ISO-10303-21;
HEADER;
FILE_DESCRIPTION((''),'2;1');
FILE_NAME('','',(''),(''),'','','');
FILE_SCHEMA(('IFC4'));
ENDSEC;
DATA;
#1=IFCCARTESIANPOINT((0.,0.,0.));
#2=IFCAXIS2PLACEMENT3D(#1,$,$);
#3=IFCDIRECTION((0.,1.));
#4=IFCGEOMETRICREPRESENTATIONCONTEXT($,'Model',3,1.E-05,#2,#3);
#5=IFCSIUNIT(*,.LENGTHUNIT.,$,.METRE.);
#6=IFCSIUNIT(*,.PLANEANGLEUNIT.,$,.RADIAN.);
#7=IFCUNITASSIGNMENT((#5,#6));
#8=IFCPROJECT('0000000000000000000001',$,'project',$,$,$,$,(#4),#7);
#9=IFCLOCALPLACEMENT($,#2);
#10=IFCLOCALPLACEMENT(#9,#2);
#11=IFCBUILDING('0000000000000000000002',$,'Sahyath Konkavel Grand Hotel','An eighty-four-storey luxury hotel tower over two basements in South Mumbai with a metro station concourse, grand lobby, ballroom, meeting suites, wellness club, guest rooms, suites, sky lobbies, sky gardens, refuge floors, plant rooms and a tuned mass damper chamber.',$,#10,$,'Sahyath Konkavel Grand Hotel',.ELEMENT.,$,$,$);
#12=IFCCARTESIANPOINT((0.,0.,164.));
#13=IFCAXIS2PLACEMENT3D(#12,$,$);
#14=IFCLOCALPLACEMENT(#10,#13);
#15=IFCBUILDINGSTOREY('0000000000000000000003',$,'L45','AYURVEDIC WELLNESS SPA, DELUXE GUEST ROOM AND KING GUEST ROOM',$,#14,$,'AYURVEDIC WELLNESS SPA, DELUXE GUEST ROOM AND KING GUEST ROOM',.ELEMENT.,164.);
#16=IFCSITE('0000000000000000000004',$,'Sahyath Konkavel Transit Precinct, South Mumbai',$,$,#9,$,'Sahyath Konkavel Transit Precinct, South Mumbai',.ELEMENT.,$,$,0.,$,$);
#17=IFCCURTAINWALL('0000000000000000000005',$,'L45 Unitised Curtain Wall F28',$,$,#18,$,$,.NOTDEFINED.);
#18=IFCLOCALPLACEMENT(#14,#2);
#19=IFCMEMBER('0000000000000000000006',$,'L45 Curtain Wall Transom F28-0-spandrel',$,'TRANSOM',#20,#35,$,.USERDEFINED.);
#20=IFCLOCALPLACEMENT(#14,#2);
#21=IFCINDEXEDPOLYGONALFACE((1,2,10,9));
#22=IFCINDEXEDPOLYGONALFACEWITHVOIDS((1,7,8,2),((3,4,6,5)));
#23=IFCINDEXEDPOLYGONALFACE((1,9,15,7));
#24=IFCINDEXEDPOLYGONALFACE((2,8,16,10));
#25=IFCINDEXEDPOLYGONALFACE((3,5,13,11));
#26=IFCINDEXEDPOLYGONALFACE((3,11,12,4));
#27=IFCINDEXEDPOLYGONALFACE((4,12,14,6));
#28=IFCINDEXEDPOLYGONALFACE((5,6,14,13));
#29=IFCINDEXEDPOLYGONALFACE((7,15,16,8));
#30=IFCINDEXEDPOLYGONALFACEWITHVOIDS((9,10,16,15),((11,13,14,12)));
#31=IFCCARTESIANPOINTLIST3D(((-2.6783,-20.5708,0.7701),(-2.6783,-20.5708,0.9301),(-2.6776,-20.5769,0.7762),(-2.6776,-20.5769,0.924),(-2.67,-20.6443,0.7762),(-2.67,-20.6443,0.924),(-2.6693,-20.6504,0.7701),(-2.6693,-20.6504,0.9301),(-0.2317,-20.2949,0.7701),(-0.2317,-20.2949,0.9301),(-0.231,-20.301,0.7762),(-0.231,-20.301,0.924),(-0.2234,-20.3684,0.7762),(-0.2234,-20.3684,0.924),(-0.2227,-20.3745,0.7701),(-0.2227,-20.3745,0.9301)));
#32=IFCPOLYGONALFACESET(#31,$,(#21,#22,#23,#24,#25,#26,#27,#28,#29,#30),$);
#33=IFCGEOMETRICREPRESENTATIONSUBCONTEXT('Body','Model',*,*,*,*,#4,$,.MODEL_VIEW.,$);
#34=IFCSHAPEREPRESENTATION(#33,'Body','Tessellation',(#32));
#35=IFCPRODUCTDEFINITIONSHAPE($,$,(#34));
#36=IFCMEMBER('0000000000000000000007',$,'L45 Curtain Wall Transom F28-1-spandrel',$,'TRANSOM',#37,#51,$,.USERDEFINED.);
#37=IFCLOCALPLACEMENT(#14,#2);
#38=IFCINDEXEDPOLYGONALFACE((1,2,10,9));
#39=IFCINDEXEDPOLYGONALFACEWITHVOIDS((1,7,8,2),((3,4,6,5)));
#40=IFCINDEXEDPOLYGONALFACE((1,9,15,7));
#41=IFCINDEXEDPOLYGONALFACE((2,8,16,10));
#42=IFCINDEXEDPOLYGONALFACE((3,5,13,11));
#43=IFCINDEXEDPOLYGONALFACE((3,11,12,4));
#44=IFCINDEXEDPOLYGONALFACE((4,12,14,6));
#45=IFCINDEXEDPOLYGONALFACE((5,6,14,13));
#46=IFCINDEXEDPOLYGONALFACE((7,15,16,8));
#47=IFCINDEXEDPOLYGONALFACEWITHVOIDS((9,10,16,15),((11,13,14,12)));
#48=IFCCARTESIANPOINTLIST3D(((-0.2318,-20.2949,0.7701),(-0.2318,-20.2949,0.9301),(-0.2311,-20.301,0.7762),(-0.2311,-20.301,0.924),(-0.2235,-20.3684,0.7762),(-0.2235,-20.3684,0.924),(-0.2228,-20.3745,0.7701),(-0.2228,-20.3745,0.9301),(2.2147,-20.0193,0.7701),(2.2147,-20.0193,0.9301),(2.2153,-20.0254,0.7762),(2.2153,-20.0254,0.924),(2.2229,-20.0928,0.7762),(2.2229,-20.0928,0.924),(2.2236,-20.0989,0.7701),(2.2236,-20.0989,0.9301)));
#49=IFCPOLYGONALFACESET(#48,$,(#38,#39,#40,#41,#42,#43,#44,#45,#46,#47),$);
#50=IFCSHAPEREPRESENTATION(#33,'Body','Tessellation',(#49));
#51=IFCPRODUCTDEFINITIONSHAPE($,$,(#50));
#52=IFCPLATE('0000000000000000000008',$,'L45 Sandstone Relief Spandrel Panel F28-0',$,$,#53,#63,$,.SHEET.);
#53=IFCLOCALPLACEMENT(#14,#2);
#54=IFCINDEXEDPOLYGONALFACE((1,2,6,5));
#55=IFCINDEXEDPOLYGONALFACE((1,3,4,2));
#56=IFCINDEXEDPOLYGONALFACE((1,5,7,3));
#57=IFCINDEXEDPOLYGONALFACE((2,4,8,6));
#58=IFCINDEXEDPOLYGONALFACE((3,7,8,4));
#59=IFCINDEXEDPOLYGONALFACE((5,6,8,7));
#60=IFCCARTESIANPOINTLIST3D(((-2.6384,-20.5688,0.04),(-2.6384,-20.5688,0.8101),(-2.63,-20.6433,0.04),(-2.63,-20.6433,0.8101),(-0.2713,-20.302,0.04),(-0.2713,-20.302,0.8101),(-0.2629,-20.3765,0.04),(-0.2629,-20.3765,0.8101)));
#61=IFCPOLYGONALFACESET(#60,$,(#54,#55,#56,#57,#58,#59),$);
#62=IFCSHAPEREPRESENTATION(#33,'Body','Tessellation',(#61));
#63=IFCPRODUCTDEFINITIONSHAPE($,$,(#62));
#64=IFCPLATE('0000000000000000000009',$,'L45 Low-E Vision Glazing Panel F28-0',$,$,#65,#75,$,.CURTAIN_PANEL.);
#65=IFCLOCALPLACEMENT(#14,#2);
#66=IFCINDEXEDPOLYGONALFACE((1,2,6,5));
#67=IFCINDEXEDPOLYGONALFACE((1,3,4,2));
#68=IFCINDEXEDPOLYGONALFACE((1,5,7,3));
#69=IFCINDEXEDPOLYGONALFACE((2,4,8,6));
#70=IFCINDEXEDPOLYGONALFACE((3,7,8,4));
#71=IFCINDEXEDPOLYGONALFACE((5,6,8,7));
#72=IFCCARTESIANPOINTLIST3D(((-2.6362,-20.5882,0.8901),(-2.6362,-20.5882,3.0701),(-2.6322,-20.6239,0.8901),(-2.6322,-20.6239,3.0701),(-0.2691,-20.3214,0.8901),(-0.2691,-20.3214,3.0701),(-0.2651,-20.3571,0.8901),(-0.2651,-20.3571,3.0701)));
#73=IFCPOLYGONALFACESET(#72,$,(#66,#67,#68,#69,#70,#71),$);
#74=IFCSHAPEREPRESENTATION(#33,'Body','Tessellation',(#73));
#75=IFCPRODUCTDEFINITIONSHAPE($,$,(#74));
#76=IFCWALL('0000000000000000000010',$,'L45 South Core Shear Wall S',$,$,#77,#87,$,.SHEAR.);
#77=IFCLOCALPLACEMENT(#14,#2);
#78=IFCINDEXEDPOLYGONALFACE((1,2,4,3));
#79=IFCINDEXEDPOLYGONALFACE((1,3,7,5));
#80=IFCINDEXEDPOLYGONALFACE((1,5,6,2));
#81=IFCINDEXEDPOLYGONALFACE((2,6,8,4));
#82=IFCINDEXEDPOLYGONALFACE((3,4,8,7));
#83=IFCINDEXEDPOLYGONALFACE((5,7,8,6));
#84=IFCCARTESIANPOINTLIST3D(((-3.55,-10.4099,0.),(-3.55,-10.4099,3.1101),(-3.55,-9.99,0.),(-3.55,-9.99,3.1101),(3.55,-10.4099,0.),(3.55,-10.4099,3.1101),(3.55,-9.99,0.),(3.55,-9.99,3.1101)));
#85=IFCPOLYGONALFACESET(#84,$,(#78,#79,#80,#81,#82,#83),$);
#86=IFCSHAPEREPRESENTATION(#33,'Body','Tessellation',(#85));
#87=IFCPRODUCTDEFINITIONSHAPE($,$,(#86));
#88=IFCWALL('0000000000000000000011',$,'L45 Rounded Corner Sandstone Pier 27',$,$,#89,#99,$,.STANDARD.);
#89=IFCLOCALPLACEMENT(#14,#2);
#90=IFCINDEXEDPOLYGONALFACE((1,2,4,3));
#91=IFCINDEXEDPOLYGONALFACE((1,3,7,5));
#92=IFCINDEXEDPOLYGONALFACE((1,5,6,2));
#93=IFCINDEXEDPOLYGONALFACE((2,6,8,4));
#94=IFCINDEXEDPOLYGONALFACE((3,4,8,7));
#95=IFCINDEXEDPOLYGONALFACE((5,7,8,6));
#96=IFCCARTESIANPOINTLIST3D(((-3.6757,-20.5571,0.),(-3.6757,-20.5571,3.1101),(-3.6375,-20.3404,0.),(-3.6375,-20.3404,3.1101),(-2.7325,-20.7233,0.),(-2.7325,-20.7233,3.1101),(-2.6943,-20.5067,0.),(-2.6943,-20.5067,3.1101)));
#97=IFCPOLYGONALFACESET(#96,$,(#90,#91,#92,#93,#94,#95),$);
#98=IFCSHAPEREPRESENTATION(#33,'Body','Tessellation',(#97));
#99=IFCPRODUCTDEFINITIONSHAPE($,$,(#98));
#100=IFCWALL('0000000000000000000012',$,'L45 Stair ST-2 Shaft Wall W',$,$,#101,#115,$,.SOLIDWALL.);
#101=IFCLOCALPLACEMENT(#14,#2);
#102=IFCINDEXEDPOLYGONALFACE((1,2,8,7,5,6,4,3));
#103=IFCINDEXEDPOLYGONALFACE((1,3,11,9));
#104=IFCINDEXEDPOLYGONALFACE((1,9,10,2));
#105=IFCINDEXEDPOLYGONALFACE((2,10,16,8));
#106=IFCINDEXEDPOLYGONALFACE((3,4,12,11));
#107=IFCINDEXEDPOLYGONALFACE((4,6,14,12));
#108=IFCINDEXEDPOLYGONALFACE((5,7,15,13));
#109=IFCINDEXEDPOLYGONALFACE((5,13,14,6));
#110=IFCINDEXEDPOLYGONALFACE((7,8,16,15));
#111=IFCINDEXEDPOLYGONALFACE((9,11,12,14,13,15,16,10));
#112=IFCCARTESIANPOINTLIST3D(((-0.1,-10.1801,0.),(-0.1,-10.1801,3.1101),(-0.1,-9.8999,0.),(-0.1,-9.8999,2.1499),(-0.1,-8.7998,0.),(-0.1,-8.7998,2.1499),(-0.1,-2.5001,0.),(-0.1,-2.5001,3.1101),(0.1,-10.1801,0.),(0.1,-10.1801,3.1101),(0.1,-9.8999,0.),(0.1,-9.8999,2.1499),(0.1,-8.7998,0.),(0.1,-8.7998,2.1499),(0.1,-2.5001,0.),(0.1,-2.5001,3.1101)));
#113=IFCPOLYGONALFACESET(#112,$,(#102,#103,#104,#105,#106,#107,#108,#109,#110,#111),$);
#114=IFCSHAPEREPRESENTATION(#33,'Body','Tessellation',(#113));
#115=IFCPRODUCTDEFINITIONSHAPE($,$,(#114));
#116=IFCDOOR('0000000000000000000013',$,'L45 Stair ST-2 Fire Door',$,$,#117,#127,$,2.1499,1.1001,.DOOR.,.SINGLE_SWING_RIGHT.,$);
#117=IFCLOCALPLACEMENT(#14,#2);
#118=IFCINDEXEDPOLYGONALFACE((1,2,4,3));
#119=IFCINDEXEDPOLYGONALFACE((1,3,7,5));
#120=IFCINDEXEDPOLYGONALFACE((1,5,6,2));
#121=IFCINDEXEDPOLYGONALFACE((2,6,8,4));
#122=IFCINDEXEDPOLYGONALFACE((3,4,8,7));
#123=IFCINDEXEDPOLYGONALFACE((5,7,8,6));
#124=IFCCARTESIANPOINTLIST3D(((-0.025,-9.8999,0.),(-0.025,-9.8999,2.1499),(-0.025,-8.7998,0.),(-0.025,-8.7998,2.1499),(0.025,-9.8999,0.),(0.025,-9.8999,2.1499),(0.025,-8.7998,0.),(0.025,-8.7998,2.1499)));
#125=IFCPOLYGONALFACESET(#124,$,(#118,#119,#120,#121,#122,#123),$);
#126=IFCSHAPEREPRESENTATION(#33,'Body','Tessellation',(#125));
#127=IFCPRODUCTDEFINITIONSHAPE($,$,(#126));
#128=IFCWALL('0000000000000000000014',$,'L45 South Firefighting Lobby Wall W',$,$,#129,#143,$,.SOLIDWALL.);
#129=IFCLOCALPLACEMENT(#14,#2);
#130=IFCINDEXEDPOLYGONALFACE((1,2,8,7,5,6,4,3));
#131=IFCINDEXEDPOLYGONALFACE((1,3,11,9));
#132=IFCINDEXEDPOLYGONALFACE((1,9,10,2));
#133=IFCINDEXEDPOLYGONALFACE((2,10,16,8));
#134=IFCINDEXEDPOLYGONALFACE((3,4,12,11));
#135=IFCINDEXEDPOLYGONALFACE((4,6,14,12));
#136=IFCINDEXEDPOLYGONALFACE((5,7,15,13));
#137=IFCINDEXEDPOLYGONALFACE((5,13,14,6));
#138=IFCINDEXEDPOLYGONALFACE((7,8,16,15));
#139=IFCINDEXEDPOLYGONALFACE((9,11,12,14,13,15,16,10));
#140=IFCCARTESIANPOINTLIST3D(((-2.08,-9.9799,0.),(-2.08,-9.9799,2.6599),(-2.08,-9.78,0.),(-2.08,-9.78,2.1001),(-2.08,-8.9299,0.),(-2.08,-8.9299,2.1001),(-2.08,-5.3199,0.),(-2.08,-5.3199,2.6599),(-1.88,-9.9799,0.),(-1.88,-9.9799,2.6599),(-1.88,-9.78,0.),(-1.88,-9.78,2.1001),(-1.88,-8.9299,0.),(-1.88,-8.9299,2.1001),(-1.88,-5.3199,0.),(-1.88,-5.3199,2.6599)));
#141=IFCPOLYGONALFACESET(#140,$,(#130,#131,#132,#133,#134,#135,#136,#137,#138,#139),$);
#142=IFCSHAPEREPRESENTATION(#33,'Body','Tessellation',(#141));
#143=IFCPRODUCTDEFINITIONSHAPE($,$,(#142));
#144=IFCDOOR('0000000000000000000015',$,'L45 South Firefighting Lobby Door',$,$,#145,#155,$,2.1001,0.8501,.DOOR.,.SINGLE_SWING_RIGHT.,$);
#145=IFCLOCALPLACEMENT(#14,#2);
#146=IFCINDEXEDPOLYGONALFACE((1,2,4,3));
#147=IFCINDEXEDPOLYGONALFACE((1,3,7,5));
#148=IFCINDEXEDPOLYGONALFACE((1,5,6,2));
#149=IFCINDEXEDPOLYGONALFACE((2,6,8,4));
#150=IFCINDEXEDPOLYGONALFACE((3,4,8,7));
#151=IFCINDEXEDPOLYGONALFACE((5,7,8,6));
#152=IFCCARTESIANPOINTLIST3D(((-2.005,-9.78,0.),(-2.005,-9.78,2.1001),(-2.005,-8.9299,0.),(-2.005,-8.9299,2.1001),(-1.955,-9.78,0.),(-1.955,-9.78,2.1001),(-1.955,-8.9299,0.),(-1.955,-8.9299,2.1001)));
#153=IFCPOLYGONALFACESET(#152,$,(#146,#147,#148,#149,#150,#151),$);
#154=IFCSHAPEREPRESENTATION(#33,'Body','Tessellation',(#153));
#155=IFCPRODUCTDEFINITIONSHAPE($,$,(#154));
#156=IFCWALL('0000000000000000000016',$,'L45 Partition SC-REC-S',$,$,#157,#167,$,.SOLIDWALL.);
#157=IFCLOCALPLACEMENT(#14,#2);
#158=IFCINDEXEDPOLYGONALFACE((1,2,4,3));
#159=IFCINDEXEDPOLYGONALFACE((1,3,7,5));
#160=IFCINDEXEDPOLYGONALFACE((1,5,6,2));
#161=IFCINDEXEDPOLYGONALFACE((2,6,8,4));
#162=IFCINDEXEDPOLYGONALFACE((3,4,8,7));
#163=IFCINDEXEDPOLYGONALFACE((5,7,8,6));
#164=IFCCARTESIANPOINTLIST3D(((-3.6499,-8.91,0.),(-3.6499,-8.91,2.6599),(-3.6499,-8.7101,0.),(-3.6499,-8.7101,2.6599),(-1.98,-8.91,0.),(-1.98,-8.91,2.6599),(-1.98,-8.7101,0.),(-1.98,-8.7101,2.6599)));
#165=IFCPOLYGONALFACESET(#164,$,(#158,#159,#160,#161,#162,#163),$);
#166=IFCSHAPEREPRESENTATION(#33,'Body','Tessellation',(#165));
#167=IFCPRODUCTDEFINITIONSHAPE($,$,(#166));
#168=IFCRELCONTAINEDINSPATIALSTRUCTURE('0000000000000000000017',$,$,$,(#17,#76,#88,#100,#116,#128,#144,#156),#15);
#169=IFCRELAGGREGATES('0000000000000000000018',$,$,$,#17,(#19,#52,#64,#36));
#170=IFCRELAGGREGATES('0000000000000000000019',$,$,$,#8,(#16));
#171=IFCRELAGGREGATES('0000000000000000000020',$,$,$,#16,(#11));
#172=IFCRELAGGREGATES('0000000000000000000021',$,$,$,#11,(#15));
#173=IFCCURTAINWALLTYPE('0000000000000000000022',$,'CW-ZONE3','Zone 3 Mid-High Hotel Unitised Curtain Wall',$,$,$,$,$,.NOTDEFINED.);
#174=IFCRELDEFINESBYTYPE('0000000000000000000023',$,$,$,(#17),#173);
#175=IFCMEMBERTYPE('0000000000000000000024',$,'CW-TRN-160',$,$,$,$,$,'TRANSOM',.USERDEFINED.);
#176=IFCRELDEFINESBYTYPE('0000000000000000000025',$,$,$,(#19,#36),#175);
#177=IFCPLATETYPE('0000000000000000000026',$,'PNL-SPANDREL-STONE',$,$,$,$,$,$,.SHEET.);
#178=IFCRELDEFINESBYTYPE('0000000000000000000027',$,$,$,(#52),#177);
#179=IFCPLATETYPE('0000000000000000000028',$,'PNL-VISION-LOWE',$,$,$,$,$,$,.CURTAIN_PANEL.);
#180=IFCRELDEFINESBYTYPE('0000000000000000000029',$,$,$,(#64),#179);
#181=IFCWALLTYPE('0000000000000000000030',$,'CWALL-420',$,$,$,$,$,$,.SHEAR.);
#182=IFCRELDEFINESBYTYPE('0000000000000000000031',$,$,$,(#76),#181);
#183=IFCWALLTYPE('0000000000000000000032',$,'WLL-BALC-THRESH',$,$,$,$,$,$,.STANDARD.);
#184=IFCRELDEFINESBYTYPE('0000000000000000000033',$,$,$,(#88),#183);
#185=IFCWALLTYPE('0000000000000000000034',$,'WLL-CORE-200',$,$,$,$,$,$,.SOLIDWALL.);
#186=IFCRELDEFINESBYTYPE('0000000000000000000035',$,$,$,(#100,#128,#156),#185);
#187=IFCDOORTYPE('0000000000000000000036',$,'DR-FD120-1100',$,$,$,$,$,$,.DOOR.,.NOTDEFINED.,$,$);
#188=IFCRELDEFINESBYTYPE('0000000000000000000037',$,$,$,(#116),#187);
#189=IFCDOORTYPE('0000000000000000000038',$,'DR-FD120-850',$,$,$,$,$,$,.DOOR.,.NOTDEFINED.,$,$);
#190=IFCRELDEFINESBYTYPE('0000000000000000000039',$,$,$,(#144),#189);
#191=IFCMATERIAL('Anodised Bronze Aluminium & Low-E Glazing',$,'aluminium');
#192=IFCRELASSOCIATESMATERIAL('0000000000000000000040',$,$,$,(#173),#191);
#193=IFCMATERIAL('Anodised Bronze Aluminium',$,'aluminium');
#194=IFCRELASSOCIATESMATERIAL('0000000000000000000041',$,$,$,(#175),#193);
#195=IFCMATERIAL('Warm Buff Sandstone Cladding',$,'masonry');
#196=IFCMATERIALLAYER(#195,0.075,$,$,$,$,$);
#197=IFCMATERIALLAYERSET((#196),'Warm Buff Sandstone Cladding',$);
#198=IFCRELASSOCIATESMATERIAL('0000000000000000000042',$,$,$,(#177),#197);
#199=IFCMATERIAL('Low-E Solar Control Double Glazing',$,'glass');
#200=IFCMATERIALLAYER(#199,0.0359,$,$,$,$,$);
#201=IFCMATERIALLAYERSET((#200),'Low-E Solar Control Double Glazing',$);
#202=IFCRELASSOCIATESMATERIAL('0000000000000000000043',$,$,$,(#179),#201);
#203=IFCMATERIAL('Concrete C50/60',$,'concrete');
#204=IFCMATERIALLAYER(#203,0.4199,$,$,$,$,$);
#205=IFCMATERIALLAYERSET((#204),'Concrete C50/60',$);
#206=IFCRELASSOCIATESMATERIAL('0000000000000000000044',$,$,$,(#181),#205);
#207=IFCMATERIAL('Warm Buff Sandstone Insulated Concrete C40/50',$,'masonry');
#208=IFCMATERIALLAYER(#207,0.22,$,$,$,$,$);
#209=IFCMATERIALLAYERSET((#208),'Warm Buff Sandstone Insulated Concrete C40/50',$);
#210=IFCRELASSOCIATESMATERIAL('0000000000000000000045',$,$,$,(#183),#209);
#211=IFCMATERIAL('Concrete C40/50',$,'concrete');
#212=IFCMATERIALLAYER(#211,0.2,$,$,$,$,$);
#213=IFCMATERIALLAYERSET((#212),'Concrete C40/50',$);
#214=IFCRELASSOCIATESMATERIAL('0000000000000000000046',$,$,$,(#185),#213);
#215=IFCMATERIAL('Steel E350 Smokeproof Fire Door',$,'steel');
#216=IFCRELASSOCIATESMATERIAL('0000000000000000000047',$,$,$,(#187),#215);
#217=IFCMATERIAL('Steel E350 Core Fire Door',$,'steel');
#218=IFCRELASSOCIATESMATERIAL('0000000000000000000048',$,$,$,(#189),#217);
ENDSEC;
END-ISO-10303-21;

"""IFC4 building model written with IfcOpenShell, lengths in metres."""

from ifc_helpers import new_model, si_unit, direction, frame, frame_2d, origin, origin_2d, place, context, subcontext, project, spatial, rectangle, hollow_rectangle, extrude, source, transform, mapped, material, layer, layer_set, material_profile, profile_set, type_object, element, fill, aggregate, save


model = new_model("IFC4")

# Units and contexts
model_context = context("Model", 3, precision=1e-05, world=origin(), true_north=direction((0.0, 1.0)))
body_context = subcontext(model_context, "Body", "Model", "MODEL_VIEW")
ifc_project = project(units=[si_unit("LENGTHUNIT", "METRE"), si_unit("PLANEANGLEUNIT", "RADIAN")], contexts=[model_context])

# Site, building, storey
site_placement = place(None, origin())
site = spatial("IfcSite", under=ifc_project, at=site_placement, Name="Sahyath Konkavel Transit Precinct, South Mumbai", LongName="Sahyath Konkavel Transit Precinct, South Mumbai", CompositionType="ELEMENT", RefElevation=0.0)
building_placement = place(site_placement, origin())
building = spatial("IfcBuilding", under=site, at=building_placement, Name="Sahyath Konkavel Grand Hotel", Description="An eighty-four-storey luxury hotel tower over two basements in South Mumbai with a metro station concourse, grand lobby, ballroom, meeting suites, wellness club, guest rooms, suites, sky lobbies, sky gardens, refuge floors, plant rooms and a tuned mass damper chamber.", LongName="Sahyath Konkavel Grand Hotel", CompositionType="ELEMENT")
storey_placement = place(building_placement, frame((0.0, 0.0, 164.0)))
storey = spatial("IfcBuildingStorey", under=building, at=storey_placement, Name="L45", Description="AYURVEDIC WELLNESS SPA, DELUXE GUEST ROOM AND KING GUEST ROOM", LongName="AYURVEDIC WELLNESS SPA, DELUXE GUEST ROOM AND KING GUEST ROOM", CompositionType="ELEMENT", Elevation=164.0)

# Shared definitions
ifc_material_1 = material(Name="Concrete C50/60", Category="concrete")
ifc_material_2 = material(Name="Concrete C40/50", Category="concrete")

# Curtain wall, members, plates
ifc_material_3 = material(Name="Anodised Bronze Aluminium & Low-E Glazing", Category="aluminium")
curtain_wall_type = type_object("IfcCurtainWallType", Name="CW-ZONE3", Description="Zone 3 Mid-High Hotel Unitised Curtain Wall", PredefinedType="NOTDEFINED", material=ifc_material_3)
curtain_wall_placement = place(storey_placement, origin())
curtain_wall = element("IfcCurtainWall", 1, at=curtain_wall_placement, inside=storey, type_object=curtain_wall_type, Name="L45 Unitised Curtain Wall F28", PredefinedType="NOTDEFINED")
ifc_material_4 = material(Name="Anodised Bronze Aluminium", Category="aluminium")
ifc_material_profile_1 = material_profile(ifc_material_4, hollow_rectangle(XDim=0.0801, YDim=0.1599, WallThickness=0.0061, at=origin_2d()), Name="RHS 160x80x6")
ifc_profile_set_1 = profile_set([ifc_material_profile_1], Name="Anodised Bronze Aluminium")
member_type_1 = type_object("IfcMemberType", Name="CW-TRN-160", ElementType="TRANSOM", PredefinedType="USERDEFINED", material=ifc_profile_set_1)
shared_shape_1 = source(origin(), body_context, "Body", "SweptSolid", [
    extrude(hollow_rectangle(XDim=0.0801, YDim=0.1599, WallThickness=0.0061, at=origin_2d()), origin(), (0.0, 0.0, 1.0), 2.4622),
])
member_1_placement = place(storey_placement, frame((-2.6738, -20.6106, 0.8501), z_axis=(0.993702, 0.112053, 0.0), x_axis=(-0.112053, 0.993702, 0.0)))
member_1 = element("IfcMember", 2, at=member_1_placement, type_object=member_type_1, Name="L45 Curtain Wall Transom F28-0-spandrel", ObjectType="TRANSOM", PredefinedType="USERDEFINED", context=body_context, shape_type="MappedRepresentation", body=[
    mapped(shared_shape_1, transform((0.0, 0.0, 0.0), scale=1.0)),
])
shared_shape_2 = source(origin(), body_context, "Body", "SweptSolid", [
    extrude(hollow_rectangle(XDim=0.0801, YDim=0.1599, WallThickness=0.0061, at=origin_2d()), origin(), (0.0, 0.0, 1.0), 2.4619),
])
member_2_placement = place(storey_placement, frame((-0.2273, -20.3347, 0.8501), z_axis=(0.993713, 0.111955, 0.0), x_axis=(-0.111955, 0.993713, 0.0)))
member_2 = element("IfcMember", 3, at=member_2_placement, type_object=member_type_1, Name="L45 Curtain Wall Transom F28-1-spandrel", ObjectType="TRANSOM", PredefinedType="USERDEFINED", context=body_context, shape_type="MappedRepresentation", body=[
    mapped(shared_shape_2, transform((0.0, 0.0, 0.0), scale=1.0)),
])
ifc_material_5 = material(Name="Warm Buff Sandstone Cladding", Category="masonry")
ifc_layer_1 = layer(ifc_material_5, 0.075)
ifc_layer_set_1 = layer_set([ifc_layer_1], Name="Warm Buff Sandstone Cladding")
plate_type_1 = type_object("IfcPlateType", Name="PNL-SPANDREL-STONE", PredefinedType="SHEET", material=ifc_layer_set_1)
shared_shape_3 = source(origin(), body_context, "Body", "SweptSolid", [
    extrude(rectangle(XDim=2.3821, YDim=0.075, at=origin_2d()), origin(), (0.0, 0.0, 1.0), 0.77),
])
plate_1_placement = place(storey_placement, frame((-1.4507, -20.4727, 0.04), z_axis=(0.0, 0.0, 1.0), x_axis=(0.993707, 0.112007, 0.0)))
plate_1 = element("IfcPlate", 4, at=plate_1_placement, type_object=plate_type_1, Name="L45 Sandstone Relief Spandrel Panel F28-0", PredefinedType="SHEET", context=body_context, shape_type="MappedRepresentation", body=[
    mapped(shared_shape_3, transform((0.0, 0.0, 0.0), scale=1.0)),
])
ifc_material_6 = material(Name="Low-E Solar Control Double Glazing", Category="glass")
ifc_layer_2 = layer(ifc_material_6, 0.0359)
ifc_layer_set_2 = layer_set([ifc_layer_2], Name="Low-E Solar Control Double Glazing")
plate_type_2 = type_object("IfcPlateType", Name="PNL-VISION-LOWE", PredefinedType="CURTAIN_PANEL", material=ifc_layer_set_2)
shared_shape_4 = source(origin(), body_context, "Body", "SweptSolid", [
    extrude(rectangle(XDim=2.3821, YDim=0.0359, at=origin_2d()), origin(), (0.0, 0.0, 1.0), 2.1799),
])
plate_2_placement = place(storey_placement, frame((-1.4507, -20.4727, 0.8901), z_axis=(0.0, 0.0, 1.0), x_axis=(0.993707, 0.112007, 0.0)))
plate_2 = element("IfcPlate", 5, at=plate_2_placement, type_object=plate_type_2, Name="L45 Low-E Vision Glazing Panel F28-0", PredefinedType="CURTAIN_PANEL", context=body_context, shape_type="MappedRepresentation", body=[
    mapped(shared_shape_4, transform((0.0, 0.0, 0.0), scale=1.0)),
])
aggregate(curtain_wall, [member_1, plate_1, plate_2, member_2])

# Walls
ifc_layer_3 = layer(ifc_material_1, 0.4199)
ifc_layer_set_3 = layer_set([ifc_layer_3], Name="Concrete C50/60")
wall_type_1 = type_object("IfcWallType", Name="CWALL-420", PredefinedType="SHEAR", material=ifc_layer_set_3)
wall_1_placement = place(storey_placement, frame((-3.55, -10.2, 0.0), z_axis=(0.0, 0.0, 1.0), x_axis=(1.0, 0.0, 0.0)))
element("IfcWall", 6, at=wall_1_placement, inside=storey, type_object=wall_type_1, Name="L45 South Core Shear Wall S", PredefinedType="SHEAR", context=body_context, shape_type="SweptSolid", body=[
    extrude(rectangle(XDim=7.1001, YDim=0.4199, at=frame_2d((3.55, 0.0))), origin(), (0.0, 0.0, 1.0), 3.1101),
])
ifc_material_7 = material(Name="Warm Buff Sandstone Insulated Concrete C40/50", Category="masonry")
ifc_layer_4 = layer(ifc_material_7, 0.22)
ifc_layer_set_4 = layer_set([ifc_layer_4], Name="Warm Buff Sandstone Insulated Concrete C40/50")
wall_type_2 = type_object("IfcWallType", Name="WLL-BALC-THRESH", PredefinedType="STANDARD", material=ifc_layer_set_4)
wall_2_placement = place(storey_placement, frame((-3.6567, -20.4487, 0.0), z_axis=(0.0, 0.0, 1.0), x_axis=(0.984814, -0.173611, 0.0)))
element("IfcWall", 7, at=wall_2_placement, inside=storey, type_object=wall_type_2, Name="L45 Rounded Corner Sandstone Pier 27", PredefinedType="STANDARD", context=body_context, shape_type="SweptSolid", body=[
    extrude(rectangle(XDim=0.9578, YDim=0.22, at=frame_2d((0.479, 0.0))), origin(), (0.0, 0.0, 1.0), 3.1101),
])

# Walls, openings, doors
ifc_layer_5 = layer(ifc_material_2, 0.2)
ifc_layer_set_5 = layer_set([ifc_layer_5], Name="Concrete C40/50")
wall_type_3 = type_object("IfcWallType", Name="WLL-CORE-200", PredefinedType="SOLIDWALL", material=ifc_layer_set_5)
wall_3_placement = place(storey_placement, frame((0.0, -10.1799, 0.0), z_axis=(0.0, 0.0, 1.0), x_axis=(0.0, 1.0, 0.0)))
wall_3 = element("IfcWall", 8, at=wall_3_placement, inside=storey, type_object=wall_type_3, Name="L45 Stair ST-2 Shaft Wall W", PredefinedType="SOLIDWALL", context=body_context, shape_type="SweptSolid", body=[
    extrude(rectangle(XDim=7.6799, YDim=0.2, at=frame_2d((3.8398, 0.0))), origin(), (0.0, 0.0, 1.0), 3.1101),
])
opening_1_placement = place(wall_3_placement, frame((0.28, 0.0, 0.0)))
opening_1 = element("IfcOpeningElement", 9, at=opening_1_placement, cuts=wall_3, PredefinedType="OPENING", context=body_context, shape_type="SweptSolid", body=[
    extrude(rectangle(XDim=1.1001, YDim=2.1499, at=frame_2d((0.55, 1.075))), frame((0.0, 0.1099, 0.0), z_axis=(0.0, -1.0, 0.0), x_axis=(1.0, 0.0, 0.0)), (0.0, 0.0, 1.0), 0.22),
])
ifc_material_8 = material(Name="Steel E350 Smokeproof Fire Door", Category="steel")
door_type_1 = type_object("IfcDoorType", Name="DR-FD120-1100", OperationType="NOTDEFINED", PredefinedType="DOOR", material=ifc_material_8)
shared_shape_5 = source(origin(), body_context, "Body", "SweptSolid", [
    extrude(rectangle(XDim=1.1001, YDim=0.05, at=origin_2d()), origin(), (0.0, 0.0, 1.0), 2.1499),
])
door_1_placement = place(opening_1_placement, frame((0.55, 0.0, 0.0)))
door_1 = element("IfcDoor", 10, at=door_1_placement, inside=storey, type_object=door_type_1, Name="L45 Stair ST-2 Fire Door", OperationType="SINGLE_SWING_RIGHT", OverallHeight=2.1499, OverallWidth=1.1001, PredefinedType="DOOR", context=body_context, shape_type="MappedRepresentation", body=[
    mapped(shared_shape_5, transform((0.0, 0.0, 0.0), scale=1.0)),
])
fill(opening_1, door_1)
wall_4_placement = place(storey_placement, frame((-1.98, -9.98, 0.0), z_axis=(0.0, 0.0, 1.0), x_axis=(0.0, 1.0, 0.0)))
wall_4 = element("IfcWall", 11, at=wall_4_placement, inside=storey, type_object=wall_type_3, Name="L45 South Firefighting Lobby Wall W", PredefinedType="SOLIDWALL", context=body_context, shape_type="SweptSolid", body=[
    extrude(rectangle(XDim=4.6599, YDim=0.2, at=frame_2d((2.3301, 0.0))), origin(), (0.0, 0.0, 1.0), 2.6599),
])
opening_2_placement = place(wall_4_placement, frame((0.2, 0.0, 0.0)))
opening_2 = element("IfcOpeningElement", 12, at=opening_2_placement, cuts=wall_4, PredefinedType="OPENING", context=body_context, shape_type="SweptSolid", body=[
    extrude(rectangle(XDim=0.8501, YDim=2.1001, at=frame_2d((0.425, 1.05))), frame((0.0, 0.1099, 0.0), z_axis=(0.0, -1.0, 0.0), x_axis=(1.0, 0.0, 0.0)), (0.0, 0.0, 1.0), 0.22),
])
ifc_material_9 = material(Name="Steel E350 Core Fire Door", Category="steel")
door_type_2 = type_object("IfcDoorType", Name="DR-FD120-850", OperationType="NOTDEFINED", PredefinedType="DOOR", material=ifc_material_9)
shared_shape_6 = source(origin(), body_context, "Body", "SweptSolid", [
    extrude(rectangle(XDim=0.8501, YDim=0.05, at=origin_2d()), origin(), (0.0, 0.0, 1.0), 2.1001),
])
door_2_placement = place(opening_2_placement, frame((0.425, 0.0, 0.0)))
door_2 = element("IfcDoor", 13, at=door_2_placement, inside=storey, type_object=door_type_2, Name="L45 South Firefighting Lobby Door", OperationType="SINGLE_SWING_RIGHT", OverallHeight=2.1001, OverallWidth=0.8501, PredefinedType="DOOR", context=body_context, shape_type="MappedRepresentation", body=[
    mapped(shared_shape_6, transform((0.0, 0.0, 0.0), scale=1.0)),
])
fill(opening_2, door_2)

# Wall
wall_5_placement = place(storey_placement, frame((-3.6499, -8.8101, 0.0), z_axis=(0.0, 0.0, 1.0), x_axis=(1.0, 0.0, 0.0)))
element("IfcWall", 14, at=wall_5_placement, inside=storey, type_object=wall_type_3, Name="L45 Partition SC-REC-S", PredefinedType="SOLIDWALL", context=body_context, shape_type="SweptSolid", body=[
    extrude(rectangle(XDim=1.6699, YDim=0.2, at=frame_2d((0.835, 0.0))), origin(), (0.0, 0.0, 1.0), 2.6599),
])

save(model, "model.ifc")
